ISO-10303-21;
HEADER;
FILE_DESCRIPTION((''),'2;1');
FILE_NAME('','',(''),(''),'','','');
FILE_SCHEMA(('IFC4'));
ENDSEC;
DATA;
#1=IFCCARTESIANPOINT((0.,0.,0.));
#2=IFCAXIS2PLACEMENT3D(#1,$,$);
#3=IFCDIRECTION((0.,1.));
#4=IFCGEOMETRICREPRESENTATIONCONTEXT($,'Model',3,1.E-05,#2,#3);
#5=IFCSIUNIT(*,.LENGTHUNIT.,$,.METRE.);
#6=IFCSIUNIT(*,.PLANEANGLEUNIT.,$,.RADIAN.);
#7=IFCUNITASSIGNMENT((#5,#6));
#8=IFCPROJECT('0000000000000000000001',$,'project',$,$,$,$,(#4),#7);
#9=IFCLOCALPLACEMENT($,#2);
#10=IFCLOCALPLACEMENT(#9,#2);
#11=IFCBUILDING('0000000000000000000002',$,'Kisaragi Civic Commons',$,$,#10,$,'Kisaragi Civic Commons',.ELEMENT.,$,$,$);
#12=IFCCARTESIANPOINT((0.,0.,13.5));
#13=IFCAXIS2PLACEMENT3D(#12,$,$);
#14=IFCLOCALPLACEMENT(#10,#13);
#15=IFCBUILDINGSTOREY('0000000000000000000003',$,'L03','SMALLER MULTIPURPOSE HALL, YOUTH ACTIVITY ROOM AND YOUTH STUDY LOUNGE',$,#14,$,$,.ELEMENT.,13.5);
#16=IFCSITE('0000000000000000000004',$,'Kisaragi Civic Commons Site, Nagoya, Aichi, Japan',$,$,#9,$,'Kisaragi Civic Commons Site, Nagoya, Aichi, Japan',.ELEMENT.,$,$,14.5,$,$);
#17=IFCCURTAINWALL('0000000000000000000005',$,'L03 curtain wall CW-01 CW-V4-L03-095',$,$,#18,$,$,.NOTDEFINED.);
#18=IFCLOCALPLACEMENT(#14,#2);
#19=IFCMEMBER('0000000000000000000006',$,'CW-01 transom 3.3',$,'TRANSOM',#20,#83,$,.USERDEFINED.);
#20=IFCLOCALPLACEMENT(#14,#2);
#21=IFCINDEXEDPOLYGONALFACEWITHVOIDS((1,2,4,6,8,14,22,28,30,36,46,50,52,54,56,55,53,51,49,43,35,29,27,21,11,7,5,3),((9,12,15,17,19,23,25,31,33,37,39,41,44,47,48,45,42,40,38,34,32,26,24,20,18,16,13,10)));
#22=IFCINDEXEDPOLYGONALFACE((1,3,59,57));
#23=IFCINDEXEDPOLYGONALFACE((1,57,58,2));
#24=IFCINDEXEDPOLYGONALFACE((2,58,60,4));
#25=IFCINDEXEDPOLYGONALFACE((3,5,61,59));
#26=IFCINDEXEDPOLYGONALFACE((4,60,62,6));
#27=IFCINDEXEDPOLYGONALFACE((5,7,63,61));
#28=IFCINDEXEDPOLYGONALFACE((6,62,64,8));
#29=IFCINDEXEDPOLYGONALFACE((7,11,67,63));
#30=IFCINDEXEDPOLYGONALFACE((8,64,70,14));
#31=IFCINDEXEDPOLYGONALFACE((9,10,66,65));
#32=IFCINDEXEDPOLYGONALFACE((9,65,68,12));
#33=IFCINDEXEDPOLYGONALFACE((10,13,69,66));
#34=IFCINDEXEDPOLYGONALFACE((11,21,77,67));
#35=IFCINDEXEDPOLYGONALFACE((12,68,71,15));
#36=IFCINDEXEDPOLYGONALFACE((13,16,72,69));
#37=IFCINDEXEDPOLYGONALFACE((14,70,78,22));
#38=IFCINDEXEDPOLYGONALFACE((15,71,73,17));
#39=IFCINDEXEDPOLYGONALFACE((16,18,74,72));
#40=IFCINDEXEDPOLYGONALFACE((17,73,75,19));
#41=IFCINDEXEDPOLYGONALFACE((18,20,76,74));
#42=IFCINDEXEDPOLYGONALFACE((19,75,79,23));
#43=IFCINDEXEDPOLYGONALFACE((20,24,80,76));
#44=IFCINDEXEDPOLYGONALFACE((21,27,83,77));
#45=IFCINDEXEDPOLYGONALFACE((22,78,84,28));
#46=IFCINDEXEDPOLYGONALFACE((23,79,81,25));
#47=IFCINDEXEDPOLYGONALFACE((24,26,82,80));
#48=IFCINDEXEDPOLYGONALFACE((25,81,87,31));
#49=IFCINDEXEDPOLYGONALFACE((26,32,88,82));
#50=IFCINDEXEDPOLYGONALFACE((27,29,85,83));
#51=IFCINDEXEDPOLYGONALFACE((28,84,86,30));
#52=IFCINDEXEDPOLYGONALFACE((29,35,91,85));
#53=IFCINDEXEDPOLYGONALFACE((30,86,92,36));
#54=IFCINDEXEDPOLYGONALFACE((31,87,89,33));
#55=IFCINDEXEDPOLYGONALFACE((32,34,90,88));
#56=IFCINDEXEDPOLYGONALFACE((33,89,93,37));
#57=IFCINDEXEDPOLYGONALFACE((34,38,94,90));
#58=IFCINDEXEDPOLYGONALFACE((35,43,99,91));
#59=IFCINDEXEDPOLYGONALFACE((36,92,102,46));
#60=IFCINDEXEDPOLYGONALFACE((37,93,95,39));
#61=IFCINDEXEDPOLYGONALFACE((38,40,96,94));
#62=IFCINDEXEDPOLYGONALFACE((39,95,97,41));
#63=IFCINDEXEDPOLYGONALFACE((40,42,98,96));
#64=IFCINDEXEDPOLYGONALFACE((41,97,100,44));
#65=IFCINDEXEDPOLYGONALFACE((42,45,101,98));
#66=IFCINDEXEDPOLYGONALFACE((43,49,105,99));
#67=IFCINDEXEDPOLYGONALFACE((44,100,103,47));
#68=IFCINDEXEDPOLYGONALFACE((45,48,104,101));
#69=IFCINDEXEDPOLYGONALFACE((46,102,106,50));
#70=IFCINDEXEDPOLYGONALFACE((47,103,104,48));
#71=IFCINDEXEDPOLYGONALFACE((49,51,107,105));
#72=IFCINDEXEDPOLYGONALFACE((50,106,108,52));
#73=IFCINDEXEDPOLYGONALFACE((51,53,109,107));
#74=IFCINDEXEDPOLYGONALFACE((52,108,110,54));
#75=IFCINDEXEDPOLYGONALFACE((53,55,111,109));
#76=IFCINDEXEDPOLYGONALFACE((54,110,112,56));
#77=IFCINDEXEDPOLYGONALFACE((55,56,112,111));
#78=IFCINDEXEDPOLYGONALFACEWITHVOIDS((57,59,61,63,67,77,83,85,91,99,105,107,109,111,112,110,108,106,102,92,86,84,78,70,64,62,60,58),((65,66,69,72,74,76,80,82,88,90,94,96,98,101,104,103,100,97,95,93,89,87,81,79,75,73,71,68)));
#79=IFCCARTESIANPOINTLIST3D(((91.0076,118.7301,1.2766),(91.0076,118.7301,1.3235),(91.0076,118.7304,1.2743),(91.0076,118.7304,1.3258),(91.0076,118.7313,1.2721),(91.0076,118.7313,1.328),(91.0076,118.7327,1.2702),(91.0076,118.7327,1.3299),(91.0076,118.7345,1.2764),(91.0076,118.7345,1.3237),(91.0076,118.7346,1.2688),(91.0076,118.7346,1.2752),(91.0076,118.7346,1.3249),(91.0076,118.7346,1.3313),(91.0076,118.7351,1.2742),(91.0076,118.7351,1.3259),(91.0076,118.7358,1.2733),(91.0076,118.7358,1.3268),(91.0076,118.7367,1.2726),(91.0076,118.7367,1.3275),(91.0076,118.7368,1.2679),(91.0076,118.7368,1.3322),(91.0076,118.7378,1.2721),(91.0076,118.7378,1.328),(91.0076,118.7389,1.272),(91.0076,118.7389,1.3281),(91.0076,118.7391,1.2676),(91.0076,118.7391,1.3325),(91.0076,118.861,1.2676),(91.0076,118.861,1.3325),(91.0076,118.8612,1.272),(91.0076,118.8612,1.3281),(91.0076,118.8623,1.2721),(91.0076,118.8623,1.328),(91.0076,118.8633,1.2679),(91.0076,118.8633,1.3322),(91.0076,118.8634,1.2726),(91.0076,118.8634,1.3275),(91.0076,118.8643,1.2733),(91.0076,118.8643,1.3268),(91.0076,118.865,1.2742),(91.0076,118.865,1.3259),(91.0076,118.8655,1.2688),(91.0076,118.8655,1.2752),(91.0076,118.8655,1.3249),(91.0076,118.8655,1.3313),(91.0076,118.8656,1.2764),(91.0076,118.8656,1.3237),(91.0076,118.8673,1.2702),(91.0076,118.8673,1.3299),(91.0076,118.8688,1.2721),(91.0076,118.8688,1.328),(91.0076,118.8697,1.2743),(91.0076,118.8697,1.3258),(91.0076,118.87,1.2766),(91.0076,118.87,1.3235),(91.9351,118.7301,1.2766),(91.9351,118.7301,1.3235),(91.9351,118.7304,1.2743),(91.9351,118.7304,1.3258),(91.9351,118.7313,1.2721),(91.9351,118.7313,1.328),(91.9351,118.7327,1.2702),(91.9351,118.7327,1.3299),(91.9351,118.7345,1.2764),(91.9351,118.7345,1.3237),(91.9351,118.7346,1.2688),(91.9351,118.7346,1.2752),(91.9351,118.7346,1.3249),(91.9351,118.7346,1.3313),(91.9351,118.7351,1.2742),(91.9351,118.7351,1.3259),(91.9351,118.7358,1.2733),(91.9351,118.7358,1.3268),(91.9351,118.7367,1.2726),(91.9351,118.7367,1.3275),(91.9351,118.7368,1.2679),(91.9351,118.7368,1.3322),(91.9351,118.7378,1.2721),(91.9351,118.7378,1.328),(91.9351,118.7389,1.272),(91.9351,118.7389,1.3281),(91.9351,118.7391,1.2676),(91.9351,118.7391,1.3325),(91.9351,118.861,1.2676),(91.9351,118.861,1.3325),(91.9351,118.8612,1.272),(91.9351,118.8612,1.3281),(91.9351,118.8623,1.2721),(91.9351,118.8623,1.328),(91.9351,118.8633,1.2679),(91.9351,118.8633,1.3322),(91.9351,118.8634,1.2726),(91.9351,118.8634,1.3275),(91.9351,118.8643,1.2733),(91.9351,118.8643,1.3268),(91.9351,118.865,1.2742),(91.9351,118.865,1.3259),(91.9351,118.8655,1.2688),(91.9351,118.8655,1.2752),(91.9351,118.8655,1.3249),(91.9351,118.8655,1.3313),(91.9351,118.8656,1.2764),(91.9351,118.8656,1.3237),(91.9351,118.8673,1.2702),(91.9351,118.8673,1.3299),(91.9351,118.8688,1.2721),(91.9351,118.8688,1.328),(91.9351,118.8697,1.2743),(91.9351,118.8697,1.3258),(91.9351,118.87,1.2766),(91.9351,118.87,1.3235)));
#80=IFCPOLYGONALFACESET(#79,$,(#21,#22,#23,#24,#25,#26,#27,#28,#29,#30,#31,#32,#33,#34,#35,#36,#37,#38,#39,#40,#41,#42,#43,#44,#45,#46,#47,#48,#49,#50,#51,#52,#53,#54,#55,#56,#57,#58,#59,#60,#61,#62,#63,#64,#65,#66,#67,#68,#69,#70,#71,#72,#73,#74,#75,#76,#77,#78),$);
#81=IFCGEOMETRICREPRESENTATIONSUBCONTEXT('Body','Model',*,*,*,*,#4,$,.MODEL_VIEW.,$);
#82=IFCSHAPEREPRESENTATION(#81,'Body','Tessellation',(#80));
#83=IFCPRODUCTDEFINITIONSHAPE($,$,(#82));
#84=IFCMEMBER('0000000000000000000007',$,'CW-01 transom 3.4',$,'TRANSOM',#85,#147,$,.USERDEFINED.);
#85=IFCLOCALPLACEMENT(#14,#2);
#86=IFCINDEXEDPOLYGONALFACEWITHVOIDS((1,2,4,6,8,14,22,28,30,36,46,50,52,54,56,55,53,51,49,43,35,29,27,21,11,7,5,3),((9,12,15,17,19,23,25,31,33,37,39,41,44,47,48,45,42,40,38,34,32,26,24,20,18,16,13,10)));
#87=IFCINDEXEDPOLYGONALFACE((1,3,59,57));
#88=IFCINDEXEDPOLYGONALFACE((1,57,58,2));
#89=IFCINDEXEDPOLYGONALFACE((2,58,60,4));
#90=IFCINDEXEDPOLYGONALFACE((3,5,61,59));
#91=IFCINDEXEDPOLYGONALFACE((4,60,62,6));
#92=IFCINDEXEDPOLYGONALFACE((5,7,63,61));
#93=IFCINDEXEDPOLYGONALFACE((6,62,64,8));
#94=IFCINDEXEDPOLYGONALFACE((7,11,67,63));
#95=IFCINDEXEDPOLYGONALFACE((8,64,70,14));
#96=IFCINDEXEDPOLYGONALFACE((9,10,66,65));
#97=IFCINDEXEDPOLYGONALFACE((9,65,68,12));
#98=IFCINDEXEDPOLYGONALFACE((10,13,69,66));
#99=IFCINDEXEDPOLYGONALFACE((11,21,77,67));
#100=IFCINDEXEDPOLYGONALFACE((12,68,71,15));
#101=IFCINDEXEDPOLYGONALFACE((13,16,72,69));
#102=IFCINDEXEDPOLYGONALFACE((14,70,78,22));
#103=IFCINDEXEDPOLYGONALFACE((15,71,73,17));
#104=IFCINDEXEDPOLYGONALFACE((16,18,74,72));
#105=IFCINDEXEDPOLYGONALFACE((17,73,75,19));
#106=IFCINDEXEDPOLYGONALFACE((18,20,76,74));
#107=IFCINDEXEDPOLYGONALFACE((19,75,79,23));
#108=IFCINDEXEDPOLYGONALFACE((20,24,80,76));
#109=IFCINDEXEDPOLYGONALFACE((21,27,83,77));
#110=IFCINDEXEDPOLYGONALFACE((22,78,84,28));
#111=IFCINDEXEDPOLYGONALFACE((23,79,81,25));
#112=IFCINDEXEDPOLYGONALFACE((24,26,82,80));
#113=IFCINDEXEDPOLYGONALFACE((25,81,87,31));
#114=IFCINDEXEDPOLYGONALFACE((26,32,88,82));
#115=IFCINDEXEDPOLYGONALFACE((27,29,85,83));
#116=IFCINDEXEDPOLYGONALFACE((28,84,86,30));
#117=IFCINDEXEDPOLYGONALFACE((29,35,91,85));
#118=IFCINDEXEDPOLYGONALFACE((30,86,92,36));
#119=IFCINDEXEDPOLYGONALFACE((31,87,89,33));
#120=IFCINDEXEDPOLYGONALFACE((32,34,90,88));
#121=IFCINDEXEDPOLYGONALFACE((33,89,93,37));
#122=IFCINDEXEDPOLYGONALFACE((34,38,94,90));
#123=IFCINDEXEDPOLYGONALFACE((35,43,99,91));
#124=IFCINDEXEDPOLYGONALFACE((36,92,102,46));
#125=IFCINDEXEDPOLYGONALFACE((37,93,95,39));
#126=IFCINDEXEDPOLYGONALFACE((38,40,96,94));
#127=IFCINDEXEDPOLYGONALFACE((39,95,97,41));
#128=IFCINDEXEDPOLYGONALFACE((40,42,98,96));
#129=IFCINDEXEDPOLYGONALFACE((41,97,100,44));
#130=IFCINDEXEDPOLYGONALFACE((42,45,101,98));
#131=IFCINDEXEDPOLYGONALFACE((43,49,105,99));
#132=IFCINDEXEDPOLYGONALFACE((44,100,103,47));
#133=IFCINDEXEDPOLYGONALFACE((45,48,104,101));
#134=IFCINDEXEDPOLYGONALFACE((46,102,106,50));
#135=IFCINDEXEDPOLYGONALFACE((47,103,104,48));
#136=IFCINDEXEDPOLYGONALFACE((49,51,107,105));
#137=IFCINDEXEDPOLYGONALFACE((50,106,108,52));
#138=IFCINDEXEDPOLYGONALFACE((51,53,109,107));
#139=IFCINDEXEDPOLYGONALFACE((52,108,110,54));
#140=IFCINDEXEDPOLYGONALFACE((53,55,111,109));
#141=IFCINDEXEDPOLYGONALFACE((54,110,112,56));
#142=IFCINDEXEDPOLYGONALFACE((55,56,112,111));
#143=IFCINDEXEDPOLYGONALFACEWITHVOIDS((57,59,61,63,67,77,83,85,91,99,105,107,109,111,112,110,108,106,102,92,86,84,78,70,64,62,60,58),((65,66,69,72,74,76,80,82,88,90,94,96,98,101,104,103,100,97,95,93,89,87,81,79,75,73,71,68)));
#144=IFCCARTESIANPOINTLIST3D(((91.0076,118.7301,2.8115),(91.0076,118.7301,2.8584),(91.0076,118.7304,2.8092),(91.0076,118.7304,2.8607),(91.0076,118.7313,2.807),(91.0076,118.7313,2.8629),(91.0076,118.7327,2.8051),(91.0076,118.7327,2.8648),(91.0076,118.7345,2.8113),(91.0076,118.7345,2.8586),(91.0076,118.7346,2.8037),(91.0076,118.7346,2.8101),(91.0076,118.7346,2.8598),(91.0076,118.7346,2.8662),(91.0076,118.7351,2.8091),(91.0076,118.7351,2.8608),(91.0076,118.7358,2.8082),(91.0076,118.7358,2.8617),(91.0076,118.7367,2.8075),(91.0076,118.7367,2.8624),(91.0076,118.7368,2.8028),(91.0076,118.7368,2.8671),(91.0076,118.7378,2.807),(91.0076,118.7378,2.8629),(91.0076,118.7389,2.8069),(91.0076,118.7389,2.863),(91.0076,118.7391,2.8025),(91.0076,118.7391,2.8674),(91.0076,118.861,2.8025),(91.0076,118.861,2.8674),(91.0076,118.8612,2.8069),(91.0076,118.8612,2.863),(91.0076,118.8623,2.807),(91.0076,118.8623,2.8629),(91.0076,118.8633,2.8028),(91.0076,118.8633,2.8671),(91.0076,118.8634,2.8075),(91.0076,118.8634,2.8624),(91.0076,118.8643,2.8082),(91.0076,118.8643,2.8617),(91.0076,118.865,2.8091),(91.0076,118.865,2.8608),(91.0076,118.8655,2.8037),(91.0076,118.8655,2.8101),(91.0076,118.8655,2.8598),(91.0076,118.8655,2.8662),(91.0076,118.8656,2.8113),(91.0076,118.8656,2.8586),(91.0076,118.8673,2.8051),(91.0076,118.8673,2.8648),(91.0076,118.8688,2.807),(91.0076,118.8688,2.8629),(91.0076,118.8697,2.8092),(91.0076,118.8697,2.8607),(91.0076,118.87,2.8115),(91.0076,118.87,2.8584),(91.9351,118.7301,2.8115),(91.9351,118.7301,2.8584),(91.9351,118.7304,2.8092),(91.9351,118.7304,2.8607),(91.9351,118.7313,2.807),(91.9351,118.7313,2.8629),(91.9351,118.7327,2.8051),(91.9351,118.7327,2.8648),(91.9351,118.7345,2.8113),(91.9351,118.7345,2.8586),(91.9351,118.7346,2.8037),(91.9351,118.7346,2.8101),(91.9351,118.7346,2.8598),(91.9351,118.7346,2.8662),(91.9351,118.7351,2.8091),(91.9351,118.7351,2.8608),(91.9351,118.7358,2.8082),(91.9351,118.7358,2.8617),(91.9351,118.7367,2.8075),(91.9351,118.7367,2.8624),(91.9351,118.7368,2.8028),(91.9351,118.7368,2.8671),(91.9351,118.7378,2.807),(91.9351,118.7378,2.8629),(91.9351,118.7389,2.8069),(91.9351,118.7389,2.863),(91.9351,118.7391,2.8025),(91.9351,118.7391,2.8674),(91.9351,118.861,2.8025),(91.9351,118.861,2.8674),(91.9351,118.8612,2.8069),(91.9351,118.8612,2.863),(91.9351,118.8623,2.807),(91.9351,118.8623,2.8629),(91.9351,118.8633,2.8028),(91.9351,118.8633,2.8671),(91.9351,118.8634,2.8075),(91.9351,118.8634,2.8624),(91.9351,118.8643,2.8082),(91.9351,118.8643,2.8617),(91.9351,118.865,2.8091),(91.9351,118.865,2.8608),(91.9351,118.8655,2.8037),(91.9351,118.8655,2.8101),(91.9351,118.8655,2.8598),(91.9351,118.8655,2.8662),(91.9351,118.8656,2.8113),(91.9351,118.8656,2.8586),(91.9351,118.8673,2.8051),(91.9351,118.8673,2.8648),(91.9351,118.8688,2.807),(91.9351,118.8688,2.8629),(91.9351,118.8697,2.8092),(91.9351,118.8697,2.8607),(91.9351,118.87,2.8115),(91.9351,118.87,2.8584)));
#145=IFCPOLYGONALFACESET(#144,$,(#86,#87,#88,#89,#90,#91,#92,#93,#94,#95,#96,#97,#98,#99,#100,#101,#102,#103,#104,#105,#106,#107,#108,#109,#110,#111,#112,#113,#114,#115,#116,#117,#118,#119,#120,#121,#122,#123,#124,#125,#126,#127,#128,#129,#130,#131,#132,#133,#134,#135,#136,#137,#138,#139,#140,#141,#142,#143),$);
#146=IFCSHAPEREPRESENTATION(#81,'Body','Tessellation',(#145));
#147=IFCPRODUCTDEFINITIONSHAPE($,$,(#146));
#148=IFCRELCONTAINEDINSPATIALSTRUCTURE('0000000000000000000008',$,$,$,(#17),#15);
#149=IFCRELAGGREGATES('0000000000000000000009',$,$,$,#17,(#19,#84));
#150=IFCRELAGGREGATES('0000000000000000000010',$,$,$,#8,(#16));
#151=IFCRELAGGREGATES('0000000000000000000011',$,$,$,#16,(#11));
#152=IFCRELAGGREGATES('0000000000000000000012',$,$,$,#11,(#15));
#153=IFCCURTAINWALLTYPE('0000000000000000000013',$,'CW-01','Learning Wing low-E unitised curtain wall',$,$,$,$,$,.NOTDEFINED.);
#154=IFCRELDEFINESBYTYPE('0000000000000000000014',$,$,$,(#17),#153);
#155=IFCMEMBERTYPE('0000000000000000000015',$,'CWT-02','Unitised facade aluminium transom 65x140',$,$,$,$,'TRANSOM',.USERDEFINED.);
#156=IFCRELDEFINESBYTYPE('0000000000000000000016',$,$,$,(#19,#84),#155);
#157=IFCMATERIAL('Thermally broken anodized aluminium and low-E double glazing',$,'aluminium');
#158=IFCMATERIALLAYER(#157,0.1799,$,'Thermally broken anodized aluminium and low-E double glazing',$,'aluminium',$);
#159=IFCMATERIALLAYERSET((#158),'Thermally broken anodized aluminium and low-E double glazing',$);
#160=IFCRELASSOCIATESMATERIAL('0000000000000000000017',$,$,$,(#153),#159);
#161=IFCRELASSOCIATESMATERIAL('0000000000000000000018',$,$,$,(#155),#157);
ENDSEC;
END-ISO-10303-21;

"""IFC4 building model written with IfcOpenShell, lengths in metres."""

from ifc_helpers import new_model, si_unit, direction, frame, origin, origin_2d, place, context, subcontext, project, spatial, hollow_rectangle, extrude, material, layer, layer_set, material_profile, profile_set, type_object, element, aggregate, save


model = new_model("IFC4")

# Units and contexts
model_context = context("Model", 3, precision=1e-05, world=origin(), true_north=direction((0.0, 1.0)))
body_context = subcontext(model_context, "Body", "Model", "MODEL_VIEW")
ifc_project = project(units=[si_unit("LENGTHUNIT", "METRE"), si_unit("PLANEANGLEUNIT", "RADIAN")], contexts=[model_context])

# Site, building, storey
site_placement = place(None, origin())
site = spatial("IfcSite", under=ifc_project, at=site_placement, Name="Kisaragi Civic Commons Site, Nagoya, Aichi, Japan", LongName="Kisaragi Civic Commons Site, Nagoya, Aichi, Japan", CompositionType="ELEMENT", RefElevation=14.5)
building_placement = place(site_placement, origin())
building = spatial("IfcBuilding", under=site, at=building_placement, Name="Kisaragi Civic Commons", LongName="Kisaragi Civic Commons", CompositionType="ELEMENT")
storey_placement = place(building_placement, frame((0.0, 0.0, 13.5)))
storey = spatial("IfcBuildingStorey", under=building, at=storey_placement, Name="L03", Description="SMALLER MULTIPURPOSE HALL, YOUTH ACTIVITY ROOM AND YOUTH STUDY LOUNGE", CompositionType="ELEMENT", Elevation=13.5)

# Curtain wall
ifc_material_1 = material(Name="Thermally broken anodized aluminium and low-E double glazing", Category="aluminium")
ifc_layer_1 = layer(ifc_material_1, 0.1799, Name="Thermally broken anodized aluminium and low-E double glazing", Category="aluminium")
ifc_layer_set_1 = layer_set([ifc_layer_1], Name="Thermally broken anodized aluminium and low-E double glazing")
curtain_wall_type = type_object("IfcCurtainWallType", Name="CW-01", Description="Learning Wing low-E unitised curtain wall", PredefinedType="NOTDEFINED", material=ifc_layer_set_1)
curtain_wall_1_placement = place(storey_placement, origin())
curtain_wall_1 = element("IfcCurtainWall", 1, at=curtain_wall_1_placement, inside=storey, type_object=curtain_wall_type, Name="L03 curtain wall CW-01 CW-V4-L03-095", PredefinedType="NOTDEFINED")

# Members
ifc_material_profile_1 = material_profile(ifc_material_1, hollow_rectangle(XDim=0.1399, YDim=0.0649, WallThickness=0.0044, InnerFilletRadius=0.0044, OuterFilletRadius=0.009, at=origin_2d()), Name="CWT-65x140x4.5", Category="aluminium")
ifc_profile_set_1 = profile_set([ifc_material_profile_1], Name="Thermally broken anodized aluminium and low-E double glazing")
member_type_1 = type_object("IfcMemberType", Name="CWT-02", Description="Unitised facade aluminium transom 65x140", ElementType="TRANSOM", PredefinedType="USERDEFINED", material=ifc_profile_set_1)
member_1_placement = place(storey_placement, frame((91.0076, 118.8, 1.3), z_axis=(1.0, 0.0, 0.0), x_axis=(0.0, 1.0, 0.0)))
member_1 = element("IfcMember", 2, at=member_1_placement, type_object=member_type_1, Name="CW-01 transom 3.3", ObjectType="TRANSOM", PredefinedType="USERDEFINED", context=body_context, shape_type="SweptSolid", body=[
    extrude(hollow_rectangle(XDim=0.1399, YDim=0.0649, WallThickness=0.0044, InnerFilletRadius=0.0044, OuterFilletRadius=0.009, at=origin_2d()), origin(), (0.0, 0.0, 1.0), 0.9275),
])
member_2_placement = place(storey_placement, frame((91.0076, 118.8, 2.835), z_axis=(1.0, 0.0, 0.0), x_axis=(0.0, 1.0, 0.0)))
member_2 = element("IfcMember", 3, at=member_2_placement, type_object=member_type_1, Name="CW-01 transom 3.4", ObjectType="TRANSOM", PredefinedType="USERDEFINED", context=body_context, shape_type="SweptSolid", body=[
    extrude(hollow_rectangle(XDim=0.1399, YDim=0.0649, WallThickness=0.0044, InnerFilletRadius=0.0044, OuterFilletRadius=0.009, at=origin_2d()), origin(), (0.0, 0.0, 1.0), 0.9275),
])

aggregate(curtain_wall_1, [member_1, member_2])

save(model, "model.ifc")
